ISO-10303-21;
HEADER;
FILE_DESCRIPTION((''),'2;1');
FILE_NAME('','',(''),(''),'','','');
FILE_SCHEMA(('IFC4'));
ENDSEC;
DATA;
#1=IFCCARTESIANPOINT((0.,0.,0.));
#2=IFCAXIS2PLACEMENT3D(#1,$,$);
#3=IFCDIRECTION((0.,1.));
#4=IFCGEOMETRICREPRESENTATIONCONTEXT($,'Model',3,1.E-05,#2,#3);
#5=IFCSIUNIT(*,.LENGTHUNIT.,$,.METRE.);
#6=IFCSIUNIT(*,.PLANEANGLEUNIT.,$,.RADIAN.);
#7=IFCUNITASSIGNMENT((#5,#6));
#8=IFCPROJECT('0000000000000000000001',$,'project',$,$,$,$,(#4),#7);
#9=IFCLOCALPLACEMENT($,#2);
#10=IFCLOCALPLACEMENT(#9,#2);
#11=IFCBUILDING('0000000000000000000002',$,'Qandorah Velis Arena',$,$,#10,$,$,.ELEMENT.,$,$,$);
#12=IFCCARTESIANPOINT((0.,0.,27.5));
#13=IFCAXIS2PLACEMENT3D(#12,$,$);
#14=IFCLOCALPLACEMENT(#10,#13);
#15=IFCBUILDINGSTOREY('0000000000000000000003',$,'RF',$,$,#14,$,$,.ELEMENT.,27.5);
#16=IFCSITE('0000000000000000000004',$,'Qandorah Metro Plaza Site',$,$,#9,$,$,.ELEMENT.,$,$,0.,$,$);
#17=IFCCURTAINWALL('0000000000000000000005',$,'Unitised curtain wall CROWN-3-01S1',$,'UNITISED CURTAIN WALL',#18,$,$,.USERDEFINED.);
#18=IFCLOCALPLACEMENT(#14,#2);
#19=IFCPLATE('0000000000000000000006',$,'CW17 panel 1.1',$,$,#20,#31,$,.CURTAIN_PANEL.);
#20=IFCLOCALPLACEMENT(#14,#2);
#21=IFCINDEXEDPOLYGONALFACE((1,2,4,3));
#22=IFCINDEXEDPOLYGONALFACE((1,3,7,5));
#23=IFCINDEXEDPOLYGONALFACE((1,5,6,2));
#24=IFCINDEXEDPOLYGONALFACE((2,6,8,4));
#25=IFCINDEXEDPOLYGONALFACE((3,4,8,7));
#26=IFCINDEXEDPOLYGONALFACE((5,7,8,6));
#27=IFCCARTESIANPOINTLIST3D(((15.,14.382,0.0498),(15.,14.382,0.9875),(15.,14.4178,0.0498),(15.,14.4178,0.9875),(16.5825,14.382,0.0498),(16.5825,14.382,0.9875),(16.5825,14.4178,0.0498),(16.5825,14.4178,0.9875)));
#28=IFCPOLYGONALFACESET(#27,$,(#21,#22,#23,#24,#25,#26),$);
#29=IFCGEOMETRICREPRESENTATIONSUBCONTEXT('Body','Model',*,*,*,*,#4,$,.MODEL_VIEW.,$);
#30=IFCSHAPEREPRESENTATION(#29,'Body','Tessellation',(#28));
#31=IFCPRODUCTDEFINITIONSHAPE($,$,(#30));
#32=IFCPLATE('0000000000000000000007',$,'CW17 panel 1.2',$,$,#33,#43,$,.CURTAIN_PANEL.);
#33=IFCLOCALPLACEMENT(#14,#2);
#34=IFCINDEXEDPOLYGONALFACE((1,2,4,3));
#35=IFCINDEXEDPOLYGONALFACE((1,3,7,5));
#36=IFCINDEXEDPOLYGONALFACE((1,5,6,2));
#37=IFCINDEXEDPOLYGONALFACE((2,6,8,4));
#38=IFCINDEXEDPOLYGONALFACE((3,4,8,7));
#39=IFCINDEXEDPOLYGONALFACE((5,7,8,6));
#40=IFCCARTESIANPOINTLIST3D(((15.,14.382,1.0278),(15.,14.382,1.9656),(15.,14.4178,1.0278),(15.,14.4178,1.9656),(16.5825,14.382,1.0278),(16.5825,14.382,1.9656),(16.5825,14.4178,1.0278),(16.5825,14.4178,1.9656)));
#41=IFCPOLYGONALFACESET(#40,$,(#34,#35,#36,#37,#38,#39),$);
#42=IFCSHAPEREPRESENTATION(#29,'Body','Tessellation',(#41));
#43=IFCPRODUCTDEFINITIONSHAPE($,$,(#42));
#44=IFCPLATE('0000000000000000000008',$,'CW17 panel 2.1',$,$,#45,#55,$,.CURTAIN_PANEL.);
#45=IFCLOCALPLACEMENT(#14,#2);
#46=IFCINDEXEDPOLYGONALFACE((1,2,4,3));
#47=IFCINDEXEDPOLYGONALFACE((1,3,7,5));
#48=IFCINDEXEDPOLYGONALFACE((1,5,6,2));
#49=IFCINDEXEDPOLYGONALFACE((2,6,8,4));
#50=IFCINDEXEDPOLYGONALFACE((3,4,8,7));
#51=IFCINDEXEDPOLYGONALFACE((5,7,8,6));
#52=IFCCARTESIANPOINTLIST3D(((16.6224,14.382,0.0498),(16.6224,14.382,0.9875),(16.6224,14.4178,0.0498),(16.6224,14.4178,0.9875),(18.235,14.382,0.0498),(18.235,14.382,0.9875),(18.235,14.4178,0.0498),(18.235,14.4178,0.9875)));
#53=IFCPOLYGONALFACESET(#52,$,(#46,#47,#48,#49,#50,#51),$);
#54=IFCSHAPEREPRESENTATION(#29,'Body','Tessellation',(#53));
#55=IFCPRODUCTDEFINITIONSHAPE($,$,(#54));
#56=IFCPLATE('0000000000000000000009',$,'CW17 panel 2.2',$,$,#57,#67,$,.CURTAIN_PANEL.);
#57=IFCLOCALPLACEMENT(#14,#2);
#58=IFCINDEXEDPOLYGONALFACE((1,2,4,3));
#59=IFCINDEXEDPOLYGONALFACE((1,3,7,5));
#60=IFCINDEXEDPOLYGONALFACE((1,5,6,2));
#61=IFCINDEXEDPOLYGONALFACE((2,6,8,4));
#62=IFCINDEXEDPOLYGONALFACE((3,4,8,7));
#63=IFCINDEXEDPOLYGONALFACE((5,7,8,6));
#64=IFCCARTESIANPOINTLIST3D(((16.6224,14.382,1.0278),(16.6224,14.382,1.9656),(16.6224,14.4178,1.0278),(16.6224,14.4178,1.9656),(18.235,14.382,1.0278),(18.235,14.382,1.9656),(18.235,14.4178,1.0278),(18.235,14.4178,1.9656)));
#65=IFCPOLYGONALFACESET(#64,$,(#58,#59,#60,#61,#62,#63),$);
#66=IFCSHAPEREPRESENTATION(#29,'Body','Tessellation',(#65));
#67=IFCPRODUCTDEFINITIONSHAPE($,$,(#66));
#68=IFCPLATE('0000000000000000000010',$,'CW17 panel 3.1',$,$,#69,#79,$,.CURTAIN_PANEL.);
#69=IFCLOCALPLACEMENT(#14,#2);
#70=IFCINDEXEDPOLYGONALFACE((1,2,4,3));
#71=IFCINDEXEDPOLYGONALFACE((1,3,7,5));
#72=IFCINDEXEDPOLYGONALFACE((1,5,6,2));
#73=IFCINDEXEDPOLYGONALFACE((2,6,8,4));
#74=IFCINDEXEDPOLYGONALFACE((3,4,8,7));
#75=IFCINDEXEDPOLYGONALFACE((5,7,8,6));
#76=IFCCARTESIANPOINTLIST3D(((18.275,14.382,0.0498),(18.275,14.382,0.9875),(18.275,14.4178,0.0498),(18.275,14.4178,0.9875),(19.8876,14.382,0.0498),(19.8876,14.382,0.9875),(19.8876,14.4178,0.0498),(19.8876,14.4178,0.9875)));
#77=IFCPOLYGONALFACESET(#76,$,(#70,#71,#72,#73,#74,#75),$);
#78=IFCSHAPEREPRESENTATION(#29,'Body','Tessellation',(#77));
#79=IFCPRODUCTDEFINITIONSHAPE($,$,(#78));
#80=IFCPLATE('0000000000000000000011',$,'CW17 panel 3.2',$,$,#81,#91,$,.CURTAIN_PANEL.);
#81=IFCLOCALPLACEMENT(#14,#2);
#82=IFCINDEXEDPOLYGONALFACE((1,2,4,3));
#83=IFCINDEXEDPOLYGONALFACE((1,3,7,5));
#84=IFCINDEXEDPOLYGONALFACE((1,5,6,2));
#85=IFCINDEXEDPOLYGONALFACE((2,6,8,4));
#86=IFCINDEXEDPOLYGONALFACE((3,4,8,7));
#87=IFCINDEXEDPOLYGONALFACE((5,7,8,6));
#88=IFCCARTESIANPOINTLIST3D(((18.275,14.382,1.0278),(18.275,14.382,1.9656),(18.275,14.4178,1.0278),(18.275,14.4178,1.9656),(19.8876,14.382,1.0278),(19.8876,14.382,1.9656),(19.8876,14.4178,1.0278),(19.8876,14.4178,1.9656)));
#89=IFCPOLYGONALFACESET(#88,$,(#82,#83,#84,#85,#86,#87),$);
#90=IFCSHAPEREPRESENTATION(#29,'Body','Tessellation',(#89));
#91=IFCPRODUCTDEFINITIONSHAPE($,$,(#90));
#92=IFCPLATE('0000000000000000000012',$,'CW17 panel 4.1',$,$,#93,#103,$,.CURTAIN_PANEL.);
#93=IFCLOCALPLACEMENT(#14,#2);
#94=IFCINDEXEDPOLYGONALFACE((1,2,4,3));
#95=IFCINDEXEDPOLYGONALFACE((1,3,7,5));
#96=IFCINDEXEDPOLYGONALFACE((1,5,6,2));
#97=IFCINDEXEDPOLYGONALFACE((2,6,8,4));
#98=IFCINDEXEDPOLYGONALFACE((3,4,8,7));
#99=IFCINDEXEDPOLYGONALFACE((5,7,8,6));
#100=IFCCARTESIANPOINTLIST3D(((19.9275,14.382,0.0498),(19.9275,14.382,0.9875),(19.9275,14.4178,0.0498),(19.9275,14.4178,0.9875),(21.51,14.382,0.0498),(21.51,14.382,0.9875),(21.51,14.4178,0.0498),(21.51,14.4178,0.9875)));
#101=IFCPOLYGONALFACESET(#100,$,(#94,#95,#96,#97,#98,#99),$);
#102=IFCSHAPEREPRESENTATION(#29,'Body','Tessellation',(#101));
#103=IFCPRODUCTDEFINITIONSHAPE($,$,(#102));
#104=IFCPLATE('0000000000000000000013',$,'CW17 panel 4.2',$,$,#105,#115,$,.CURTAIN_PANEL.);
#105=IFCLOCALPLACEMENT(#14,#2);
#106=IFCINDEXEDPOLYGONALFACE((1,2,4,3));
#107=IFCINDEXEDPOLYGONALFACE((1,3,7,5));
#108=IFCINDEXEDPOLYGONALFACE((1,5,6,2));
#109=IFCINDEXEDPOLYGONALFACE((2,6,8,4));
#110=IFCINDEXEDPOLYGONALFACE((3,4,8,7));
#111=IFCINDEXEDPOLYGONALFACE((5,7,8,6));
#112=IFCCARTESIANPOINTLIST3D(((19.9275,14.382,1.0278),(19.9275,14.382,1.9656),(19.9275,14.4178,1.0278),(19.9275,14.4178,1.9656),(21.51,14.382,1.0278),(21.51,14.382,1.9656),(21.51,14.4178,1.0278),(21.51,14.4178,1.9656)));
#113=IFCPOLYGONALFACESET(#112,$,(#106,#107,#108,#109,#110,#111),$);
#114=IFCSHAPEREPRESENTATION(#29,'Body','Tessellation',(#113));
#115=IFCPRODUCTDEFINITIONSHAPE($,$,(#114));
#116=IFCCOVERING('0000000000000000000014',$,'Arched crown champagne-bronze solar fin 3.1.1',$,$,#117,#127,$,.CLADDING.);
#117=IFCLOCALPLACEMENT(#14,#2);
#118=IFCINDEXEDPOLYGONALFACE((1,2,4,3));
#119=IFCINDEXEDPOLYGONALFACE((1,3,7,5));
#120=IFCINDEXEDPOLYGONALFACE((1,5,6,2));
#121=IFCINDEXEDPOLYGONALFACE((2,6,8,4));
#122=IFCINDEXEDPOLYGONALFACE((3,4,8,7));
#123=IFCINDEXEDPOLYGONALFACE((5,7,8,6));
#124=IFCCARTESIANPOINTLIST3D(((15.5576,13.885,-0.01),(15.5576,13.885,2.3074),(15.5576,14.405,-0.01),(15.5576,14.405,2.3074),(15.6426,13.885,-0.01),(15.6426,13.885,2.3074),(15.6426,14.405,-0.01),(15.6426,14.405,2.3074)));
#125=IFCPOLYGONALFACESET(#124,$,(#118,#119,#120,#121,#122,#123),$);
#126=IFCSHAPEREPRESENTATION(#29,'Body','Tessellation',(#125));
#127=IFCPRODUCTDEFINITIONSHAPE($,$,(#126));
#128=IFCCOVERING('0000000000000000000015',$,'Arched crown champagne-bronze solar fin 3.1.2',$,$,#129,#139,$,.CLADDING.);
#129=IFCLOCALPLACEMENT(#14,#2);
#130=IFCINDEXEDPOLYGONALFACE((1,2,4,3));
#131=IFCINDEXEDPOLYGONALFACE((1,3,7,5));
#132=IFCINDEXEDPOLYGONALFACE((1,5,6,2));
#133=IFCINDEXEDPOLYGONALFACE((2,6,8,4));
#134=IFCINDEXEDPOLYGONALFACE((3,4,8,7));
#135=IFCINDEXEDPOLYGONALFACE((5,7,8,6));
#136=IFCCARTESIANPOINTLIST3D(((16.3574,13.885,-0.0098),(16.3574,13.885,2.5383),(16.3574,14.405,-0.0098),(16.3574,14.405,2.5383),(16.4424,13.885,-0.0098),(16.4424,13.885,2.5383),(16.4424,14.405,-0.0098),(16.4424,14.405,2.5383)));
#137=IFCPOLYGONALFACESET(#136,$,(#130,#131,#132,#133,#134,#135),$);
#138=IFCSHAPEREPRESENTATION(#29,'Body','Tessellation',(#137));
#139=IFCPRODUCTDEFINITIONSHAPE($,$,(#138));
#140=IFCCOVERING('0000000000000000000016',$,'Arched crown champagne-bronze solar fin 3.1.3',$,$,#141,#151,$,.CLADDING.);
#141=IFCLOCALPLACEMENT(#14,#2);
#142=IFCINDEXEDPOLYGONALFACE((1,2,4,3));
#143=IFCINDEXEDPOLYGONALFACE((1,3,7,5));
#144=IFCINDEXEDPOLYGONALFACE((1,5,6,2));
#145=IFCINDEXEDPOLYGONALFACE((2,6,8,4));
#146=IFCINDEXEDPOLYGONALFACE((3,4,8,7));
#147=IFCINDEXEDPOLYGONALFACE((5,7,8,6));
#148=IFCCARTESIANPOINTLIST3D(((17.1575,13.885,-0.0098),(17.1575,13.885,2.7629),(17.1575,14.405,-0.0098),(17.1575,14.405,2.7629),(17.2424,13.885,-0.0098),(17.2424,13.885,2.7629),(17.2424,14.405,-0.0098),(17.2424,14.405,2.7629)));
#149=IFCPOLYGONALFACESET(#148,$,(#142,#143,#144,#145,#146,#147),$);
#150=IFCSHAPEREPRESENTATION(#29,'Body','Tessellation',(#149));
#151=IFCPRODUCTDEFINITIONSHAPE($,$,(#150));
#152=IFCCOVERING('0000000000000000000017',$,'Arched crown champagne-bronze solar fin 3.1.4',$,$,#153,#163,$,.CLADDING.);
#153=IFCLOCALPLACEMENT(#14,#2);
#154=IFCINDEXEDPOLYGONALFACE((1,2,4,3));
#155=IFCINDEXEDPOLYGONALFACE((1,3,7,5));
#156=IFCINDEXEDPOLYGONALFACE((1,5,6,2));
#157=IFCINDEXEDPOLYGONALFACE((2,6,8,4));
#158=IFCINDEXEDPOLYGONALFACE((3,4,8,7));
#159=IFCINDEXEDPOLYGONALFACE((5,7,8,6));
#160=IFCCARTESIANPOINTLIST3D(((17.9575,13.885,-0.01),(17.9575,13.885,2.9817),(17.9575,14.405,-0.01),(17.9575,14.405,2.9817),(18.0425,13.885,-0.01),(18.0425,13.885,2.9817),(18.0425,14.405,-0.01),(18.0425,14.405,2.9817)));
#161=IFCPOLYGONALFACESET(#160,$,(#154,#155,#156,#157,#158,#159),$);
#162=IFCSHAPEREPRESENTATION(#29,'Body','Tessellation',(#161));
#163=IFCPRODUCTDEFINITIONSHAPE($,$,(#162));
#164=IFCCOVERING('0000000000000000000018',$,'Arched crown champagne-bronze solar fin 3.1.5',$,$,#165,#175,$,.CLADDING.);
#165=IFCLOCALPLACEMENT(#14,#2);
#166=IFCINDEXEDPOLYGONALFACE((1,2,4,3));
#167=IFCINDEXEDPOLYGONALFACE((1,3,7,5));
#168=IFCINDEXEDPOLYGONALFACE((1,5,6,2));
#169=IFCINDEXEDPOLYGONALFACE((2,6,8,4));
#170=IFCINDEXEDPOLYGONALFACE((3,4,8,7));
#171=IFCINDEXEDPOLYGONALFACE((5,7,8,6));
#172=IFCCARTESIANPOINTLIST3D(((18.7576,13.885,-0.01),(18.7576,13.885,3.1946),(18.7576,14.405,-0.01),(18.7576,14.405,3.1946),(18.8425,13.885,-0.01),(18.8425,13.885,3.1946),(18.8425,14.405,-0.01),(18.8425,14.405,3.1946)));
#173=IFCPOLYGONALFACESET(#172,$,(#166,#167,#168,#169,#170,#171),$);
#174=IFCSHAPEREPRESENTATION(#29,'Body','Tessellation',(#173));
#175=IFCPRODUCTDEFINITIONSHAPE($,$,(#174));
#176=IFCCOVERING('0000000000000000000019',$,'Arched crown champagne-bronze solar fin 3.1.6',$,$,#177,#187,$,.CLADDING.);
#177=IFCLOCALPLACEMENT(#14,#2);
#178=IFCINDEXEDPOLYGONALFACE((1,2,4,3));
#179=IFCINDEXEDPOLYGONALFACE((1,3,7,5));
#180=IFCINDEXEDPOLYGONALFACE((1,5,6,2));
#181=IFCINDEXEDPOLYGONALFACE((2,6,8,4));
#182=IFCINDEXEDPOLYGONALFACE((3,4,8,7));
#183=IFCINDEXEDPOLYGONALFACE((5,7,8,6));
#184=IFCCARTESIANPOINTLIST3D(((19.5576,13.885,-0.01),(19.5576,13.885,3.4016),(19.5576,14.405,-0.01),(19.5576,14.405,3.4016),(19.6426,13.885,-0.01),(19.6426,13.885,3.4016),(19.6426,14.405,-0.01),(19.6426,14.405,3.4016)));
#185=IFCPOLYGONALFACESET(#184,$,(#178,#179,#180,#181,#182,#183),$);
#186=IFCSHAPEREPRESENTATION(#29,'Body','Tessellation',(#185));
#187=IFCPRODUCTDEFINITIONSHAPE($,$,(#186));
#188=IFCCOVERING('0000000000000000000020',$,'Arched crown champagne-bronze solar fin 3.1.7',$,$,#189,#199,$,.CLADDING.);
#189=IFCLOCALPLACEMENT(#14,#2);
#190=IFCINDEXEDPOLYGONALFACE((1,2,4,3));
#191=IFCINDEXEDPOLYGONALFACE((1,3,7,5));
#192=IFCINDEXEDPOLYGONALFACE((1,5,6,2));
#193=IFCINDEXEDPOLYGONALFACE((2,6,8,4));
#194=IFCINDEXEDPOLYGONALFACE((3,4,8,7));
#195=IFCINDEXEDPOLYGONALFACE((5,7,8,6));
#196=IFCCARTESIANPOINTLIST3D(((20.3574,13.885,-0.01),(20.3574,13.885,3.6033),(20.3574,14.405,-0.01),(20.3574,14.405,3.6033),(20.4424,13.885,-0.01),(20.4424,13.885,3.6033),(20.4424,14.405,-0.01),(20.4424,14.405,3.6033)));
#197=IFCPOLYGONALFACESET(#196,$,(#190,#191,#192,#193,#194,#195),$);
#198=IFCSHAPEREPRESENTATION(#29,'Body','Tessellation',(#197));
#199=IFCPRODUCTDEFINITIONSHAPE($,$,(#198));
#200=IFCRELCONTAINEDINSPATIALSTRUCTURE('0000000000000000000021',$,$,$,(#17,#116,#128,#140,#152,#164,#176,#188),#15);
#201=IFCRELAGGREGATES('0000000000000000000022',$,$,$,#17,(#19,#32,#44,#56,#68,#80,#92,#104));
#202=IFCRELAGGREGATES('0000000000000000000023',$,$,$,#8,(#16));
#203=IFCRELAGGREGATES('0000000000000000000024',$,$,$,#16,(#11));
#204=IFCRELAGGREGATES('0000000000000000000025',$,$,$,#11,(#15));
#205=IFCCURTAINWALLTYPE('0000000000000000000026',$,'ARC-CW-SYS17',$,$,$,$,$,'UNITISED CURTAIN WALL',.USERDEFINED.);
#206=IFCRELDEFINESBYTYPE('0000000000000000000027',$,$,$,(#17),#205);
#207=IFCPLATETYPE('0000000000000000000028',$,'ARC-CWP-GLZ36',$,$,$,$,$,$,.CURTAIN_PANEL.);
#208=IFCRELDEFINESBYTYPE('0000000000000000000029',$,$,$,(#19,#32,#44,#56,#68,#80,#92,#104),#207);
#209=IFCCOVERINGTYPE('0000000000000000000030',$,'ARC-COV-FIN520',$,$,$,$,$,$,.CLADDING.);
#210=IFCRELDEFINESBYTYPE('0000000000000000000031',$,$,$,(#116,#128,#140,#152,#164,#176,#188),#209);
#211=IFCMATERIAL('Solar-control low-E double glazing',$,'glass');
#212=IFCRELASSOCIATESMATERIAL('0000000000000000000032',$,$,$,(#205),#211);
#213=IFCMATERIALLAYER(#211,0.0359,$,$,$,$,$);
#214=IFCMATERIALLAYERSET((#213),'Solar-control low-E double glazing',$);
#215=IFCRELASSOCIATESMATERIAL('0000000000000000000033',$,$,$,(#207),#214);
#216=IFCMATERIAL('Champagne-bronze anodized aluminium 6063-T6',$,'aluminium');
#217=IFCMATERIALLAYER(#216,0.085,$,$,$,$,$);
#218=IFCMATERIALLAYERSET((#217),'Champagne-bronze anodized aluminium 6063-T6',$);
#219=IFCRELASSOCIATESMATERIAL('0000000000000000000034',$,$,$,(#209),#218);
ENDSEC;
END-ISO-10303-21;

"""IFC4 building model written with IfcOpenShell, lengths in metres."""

from ifc_helpers import new_model, si_unit, direction, frame, origin, origin_2d, place, context, subcontext, project, spatial, rectangle, extrude, material, layer, layer_set, type_object, element, aggregate, save


model = new_model("IFC4")

# Units and contexts
model_context = context("Model", 3, precision=1e-05, world=origin(), true_north=direction((0.0, 1.0)))
body_context = subcontext(model_context, "Body", "Model", "MODEL_VIEW")
ifc_project = project(units=[si_unit("LENGTHUNIT", "METRE"), si_unit("PLANEANGLEUNIT", "RADIAN")], contexts=[model_context])

# Site, building, storey
site_placement = place(None, origin())
site = spatial("IfcSite", under=ifc_project, at=site_placement, Name="Qandorah Metro Plaza Site", CompositionType="ELEMENT", RefElevation=0.0)
building_placement = place(site_placement, origin())
building = spatial("IfcBuilding", under=site, at=building_placement, Name="Qandorah Velis Arena", CompositionType="ELEMENT")
storey_placement = place(building_placement, frame((0.0, 0.0, 27.5)))
storey = spatial("IfcBuildingStorey", under=building, at=storey_placement, Name="RF", CompositionType="ELEMENT", Elevation=27.5)

# Shared definitions
ifc_material_1 = material(Name="Solar-control low-E double glazing", Category="glass")
ifc_material_2 = material(Name="Champagne-bronze anodized aluminium 6063-T6", Category="aluminium")

# Curtain wall
curtain_wall_type_1 = type_object("IfcCurtainWallType", Name="ARC-CW-SYS17", ElementType="UNITISED CURTAIN WALL", PredefinedType="USERDEFINED", material=ifc_material_1)
curtain_wall_1_placement = place(storey_placement, origin())
curtain_wall_1 = element("IfcCurtainWall", 1, at=curtain_wall_1_placement, inside=storey, type_object=curtain_wall_type_1, Name="Unitised curtain wall CROWN-3-01S1", ObjectType="UNITISED CURTAIN WALL", PredefinedType="USERDEFINED")

# Plates
ifc_layer_1 = layer(ifc_material_1, 0.0359)
ifc_layer_set_1 = layer_set([ifc_layer_1], Name="Solar-control low-E double glazing")
plate_type = type_object("IfcPlateType", Name="ARC-CWP-GLZ36", PredefinedType="CURTAIN_PANEL", material=ifc_layer_set_1)
plate_1_placement = place(storey_placement, frame((15.7913, 14.3999, 0.0498), z_axis=(0.0, 0.0, 1.0), x_axis=(1.0, 0.0, 0.0)))
plate_1 = element("IfcPlate", 2, at=plate_1_placement, type_object=plate_type, Name="CW17 panel 1.1", PredefinedType="CURTAIN_PANEL", context=body_context, shape_type="SweptSolid", body=[
    extrude(rectangle(XDim=1.5825, YDim=0.0359, at=origin_2d()), origin(), (0.0, 0.0, 1.0), 0.9377),
])
plate_2_placement = place(storey_placement, frame((15.7913, 14.3999, 1.0278), z_axis=(0.0, 0.0, 1.0), x_axis=(1.0, 0.0, 0.0)))
plate_2 = element("IfcPlate", 3, at=plate_2_placement, type_object=plate_type, Name="CW17 panel 1.2", PredefinedType="CURTAIN_PANEL", context=body_context, shape_type="SweptSolid", body=[
    extrude(rectangle(XDim=1.5825, YDim=0.0359, at=origin_2d()), origin(), (0.0, 0.0, 1.0), 0.9377),
])
plate_3_placement = place(storey_placement, frame((17.4287, 14.3999, 0.0498), z_axis=(0.0, 0.0, 1.0), x_axis=(1.0, 0.0, 0.0)))
plate_3 = element("IfcPlate", 4, at=plate_3_placement, type_object=plate_type, Name="CW17 panel 2.1", PredefinedType="CURTAIN_PANEL", context=body_context, shape_type="SweptSolid", body=[
    extrude(rectangle(XDim=1.6125, YDim=0.0359, at=origin_2d()), origin(), (0.0, 0.0, 1.0), 0.9377),
])
plate_4_placement = place(storey_placement, frame((17.4287, 14.3999, 1.0278), z_axis=(0.0, 0.0, 1.0), x_axis=(1.0, 0.0, 0.0)))
plate_4 = element("IfcPlate", 5, at=plate_4_placement, type_object=plate_type, Name="CW17 panel 2.2", PredefinedType="CURTAIN_PANEL", context=body_context, shape_type="SweptSolid", body=[
    extrude(rectangle(XDim=1.6125, YDim=0.0359, at=origin_2d()), origin(), (0.0, 0.0, 1.0), 0.9377),
])
plate_5_placement = place(storey_placement, frame((19.0813, 14.3999, 0.0498), z_axis=(0.0, 0.0, 1.0), x_axis=(1.0, 0.0, 0.0)))
plate_5 = element("IfcPlate", 6, at=plate_5_placement, type_object=plate_type, Name="CW17 panel 3.1", PredefinedType="CURTAIN_PANEL", context=body_context, shape_type="SweptSolid", body=[
    extrude(rectangle(XDim=1.6125, YDim=0.0359, at=origin_2d()), origin(), (0.0, 0.0, 1.0), 0.9377),
])
plate_6_placement = place(storey_placement, frame((19.0813, 14.3999, 1.0278), z_axis=(0.0, 0.0, 1.0), x_axis=(1.0, 0.0, 0.0)))
plate_6 = element("IfcPlate", 7, at=plate_6_placement, type_object=plate_type, Name="CW17 panel 3.2", PredefinedType="CURTAIN_PANEL", context=body_context, shape_type="SweptSolid", body=[
    extrude(rectangle(XDim=1.6125, YDim=0.0359, at=origin_2d()), origin(), (0.0, 0.0, 1.0), 0.9377),
])
plate_7_placement = place(storey_placement, frame((20.7188, 14.3999, 0.0498), z_axis=(0.0, 0.0, 1.0), x_axis=(1.0, 0.0, 0.0)))
plate_7 = element("IfcPlate", 8, at=plate_7_placement, type_object=plate_type, Name="CW17 panel 4.1", PredefinedType="CURTAIN_PANEL", context=body_context, shape_type="SweptSolid", body=[
    extrude(rectangle(XDim=1.5825, YDim=0.0359, at=origin_2d()), origin(), (0.0, 0.0, 1.0), 0.9377),
])
plate_8_placement = place(storey_placement, frame((20.7188, 14.3999, 1.0278), z_axis=(0.0, 0.0, 1.0), x_axis=(1.0, 0.0, 0.0)))
plate_8 = element("IfcPlate", 9, at=plate_8_placement, type_object=plate_type, Name="CW17 panel 4.2", PredefinedType="CURTAIN_PANEL", context=body_context, shape_type="SweptSolid", body=[
    extrude(rectangle(XDim=1.5825, YDim=0.0359, at=origin_2d()), origin(), (0.0, 0.0, 1.0), 0.9377),
])
aggregate(curtain_wall_1, [plate_1, plate_2, plate_3, plate_4, plate_5, plate_6, plate_7, plate_8])

# Coverings
ifc_layer_2 = layer(ifc_material_2, 0.085)
ifc_layer_set_2 = layer_set([ifc_layer_2], Name="Champagne-bronze anodized aluminium 6063-T6")
covering_type_1 = type_object("IfcCoveringType", Name="ARC-COV-FIN520", PredefinedType="CLADDING", material=ifc_layer_set_2)
covering_1_placement = place(storey_placement, frame((15.6001, 14.145, -0.01), z_axis=(0.0, 0.0, 1.0), x_axis=(1.0, 0.0, 0.0)))
element("IfcCovering", 10, at=covering_1_placement, inside=storey, type_object=covering_type_1, Name="Arched crown champagne-bronze solar fin 3.1.1", PredefinedType="CLADDING", context=body_context, shape_type="SweptSolid", body=[
    extrude(rectangle(XDim=0.085, YDim=0.52, at=origin_2d()), origin(), (0.0, 0.0, 1.0), 2.3174),
])
covering_2_placement = place(storey_placement, frame((16.3999, 14.145, -0.0098), z_axis=(0.0, 0.0, 1.0), x_axis=(1.0, 0.0, 0.0)))
element("IfcCovering", 11, at=covering_2_placement, inside=storey, type_object=covering_type_1, Name="Arched crown champagne-bronze solar fin 3.1.2", PredefinedType="CLADDING", context=body_context, shape_type="SweptSolid", body=[
    extrude(rectangle(XDim=0.085, YDim=0.52, at=origin_2d()), origin(), (0.0, 0.0, 1.0), 2.5481),
])
covering_3_placement = place(storey_placement, frame((17.2, 14.145, -0.0098), z_axis=(0.0, 0.0, 1.0), x_axis=(1.0, 0.0, 0.0)))
element("IfcCovering", 12, at=covering_3_placement, inside=storey, type_object=covering_type_1, Name="Arched crown champagne-bronze solar fin 3.1.3", PredefinedType="CLADDING", context=body_context, shape_type="SweptSolid", body=[
    extrude(rectangle(XDim=0.085, YDim=0.52, at=origin_2d()), origin(), (0.0, 0.0, 1.0), 2.7727),
])
covering_4_placement = place(storey_placement, frame((18.0, 14.145, -0.01), z_axis=(0.0, 0.0, 1.0), x_axis=(1.0, 0.0, 0.0)))
element("IfcCovering", 13, at=covering_4_placement, inside=storey, type_object=covering_type_1, Name="Arched crown champagne-bronze solar fin 3.1.4", PredefinedType="CLADDING", context=body_context, shape_type="SweptSolid", body=[
    extrude(rectangle(XDim=0.085, YDim=0.52, at=origin_2d()), origin(), (0.0, 0.0, 1.0), 2.9917),
])
covering_5_placement = place(storey_placement, frame((18.8, 14.145, -0.01), z_axis=(0.0, 0.0, 1.0), x_axis=(1.0, 0.0, 0.0)))
element("IfcCovering", 14, at=covering_5_placement, inside=storey, type_object=covering_type_1, Name="Arched crown champagne-bronze solar fin 3.1.5", PredefinedType="CLADDING", context=body_context, shape_type="SweptSolid", body=[
    extrude(rectangle(XDim=0.085, YDim=0.52, at=origin_2d()), origin(), (0.0, 0.0, 1.0), 3.2046),
])
covering_6_placement = place(storey_placement, frame((19.6001, 14.145, -0.01), z_axis=(0.0, 0.0, 1.0), x_axis=(1.0, 0.0, 0.0)))
element("IfcCovering", 15, at=covering_6_placement, inside=storey, type_object=covering_type_1, Name="Arched crown champagne-bronze solar fin 3.1.6", PredefinedType="CLADDING", context=body_context, shape_type="SweptSolid", body=[
    extrude(rectangle(XDim=0.085, YDim=0.52, at=origin_2d()), origin(), (0.0, 0.0, 1.0), 3.4116),
])
covering_7_placement = place(storey_placement, frame((20.3999, 14.145, -0.01), z_axis=(0.0, 0.0, 1.0), x_axis=(1.0, 0.0, 0.0)))
element("IfcCovering", 16, at=covering_7_placement, inside=storey, type_object=covering_type_1, Name="Arched crown champagne-bronze solar fin 3.1.7", PredefinedType="CLADDING", context=body_context, shape_type="SweptSolid", body=[
    extrude(rectangle(XDim=0.085, YDim=0.52, at=origin_2d()), origin(), (0.0, 0.0, 1.0), 3.6133),
])

save(model, "model.ifc")
